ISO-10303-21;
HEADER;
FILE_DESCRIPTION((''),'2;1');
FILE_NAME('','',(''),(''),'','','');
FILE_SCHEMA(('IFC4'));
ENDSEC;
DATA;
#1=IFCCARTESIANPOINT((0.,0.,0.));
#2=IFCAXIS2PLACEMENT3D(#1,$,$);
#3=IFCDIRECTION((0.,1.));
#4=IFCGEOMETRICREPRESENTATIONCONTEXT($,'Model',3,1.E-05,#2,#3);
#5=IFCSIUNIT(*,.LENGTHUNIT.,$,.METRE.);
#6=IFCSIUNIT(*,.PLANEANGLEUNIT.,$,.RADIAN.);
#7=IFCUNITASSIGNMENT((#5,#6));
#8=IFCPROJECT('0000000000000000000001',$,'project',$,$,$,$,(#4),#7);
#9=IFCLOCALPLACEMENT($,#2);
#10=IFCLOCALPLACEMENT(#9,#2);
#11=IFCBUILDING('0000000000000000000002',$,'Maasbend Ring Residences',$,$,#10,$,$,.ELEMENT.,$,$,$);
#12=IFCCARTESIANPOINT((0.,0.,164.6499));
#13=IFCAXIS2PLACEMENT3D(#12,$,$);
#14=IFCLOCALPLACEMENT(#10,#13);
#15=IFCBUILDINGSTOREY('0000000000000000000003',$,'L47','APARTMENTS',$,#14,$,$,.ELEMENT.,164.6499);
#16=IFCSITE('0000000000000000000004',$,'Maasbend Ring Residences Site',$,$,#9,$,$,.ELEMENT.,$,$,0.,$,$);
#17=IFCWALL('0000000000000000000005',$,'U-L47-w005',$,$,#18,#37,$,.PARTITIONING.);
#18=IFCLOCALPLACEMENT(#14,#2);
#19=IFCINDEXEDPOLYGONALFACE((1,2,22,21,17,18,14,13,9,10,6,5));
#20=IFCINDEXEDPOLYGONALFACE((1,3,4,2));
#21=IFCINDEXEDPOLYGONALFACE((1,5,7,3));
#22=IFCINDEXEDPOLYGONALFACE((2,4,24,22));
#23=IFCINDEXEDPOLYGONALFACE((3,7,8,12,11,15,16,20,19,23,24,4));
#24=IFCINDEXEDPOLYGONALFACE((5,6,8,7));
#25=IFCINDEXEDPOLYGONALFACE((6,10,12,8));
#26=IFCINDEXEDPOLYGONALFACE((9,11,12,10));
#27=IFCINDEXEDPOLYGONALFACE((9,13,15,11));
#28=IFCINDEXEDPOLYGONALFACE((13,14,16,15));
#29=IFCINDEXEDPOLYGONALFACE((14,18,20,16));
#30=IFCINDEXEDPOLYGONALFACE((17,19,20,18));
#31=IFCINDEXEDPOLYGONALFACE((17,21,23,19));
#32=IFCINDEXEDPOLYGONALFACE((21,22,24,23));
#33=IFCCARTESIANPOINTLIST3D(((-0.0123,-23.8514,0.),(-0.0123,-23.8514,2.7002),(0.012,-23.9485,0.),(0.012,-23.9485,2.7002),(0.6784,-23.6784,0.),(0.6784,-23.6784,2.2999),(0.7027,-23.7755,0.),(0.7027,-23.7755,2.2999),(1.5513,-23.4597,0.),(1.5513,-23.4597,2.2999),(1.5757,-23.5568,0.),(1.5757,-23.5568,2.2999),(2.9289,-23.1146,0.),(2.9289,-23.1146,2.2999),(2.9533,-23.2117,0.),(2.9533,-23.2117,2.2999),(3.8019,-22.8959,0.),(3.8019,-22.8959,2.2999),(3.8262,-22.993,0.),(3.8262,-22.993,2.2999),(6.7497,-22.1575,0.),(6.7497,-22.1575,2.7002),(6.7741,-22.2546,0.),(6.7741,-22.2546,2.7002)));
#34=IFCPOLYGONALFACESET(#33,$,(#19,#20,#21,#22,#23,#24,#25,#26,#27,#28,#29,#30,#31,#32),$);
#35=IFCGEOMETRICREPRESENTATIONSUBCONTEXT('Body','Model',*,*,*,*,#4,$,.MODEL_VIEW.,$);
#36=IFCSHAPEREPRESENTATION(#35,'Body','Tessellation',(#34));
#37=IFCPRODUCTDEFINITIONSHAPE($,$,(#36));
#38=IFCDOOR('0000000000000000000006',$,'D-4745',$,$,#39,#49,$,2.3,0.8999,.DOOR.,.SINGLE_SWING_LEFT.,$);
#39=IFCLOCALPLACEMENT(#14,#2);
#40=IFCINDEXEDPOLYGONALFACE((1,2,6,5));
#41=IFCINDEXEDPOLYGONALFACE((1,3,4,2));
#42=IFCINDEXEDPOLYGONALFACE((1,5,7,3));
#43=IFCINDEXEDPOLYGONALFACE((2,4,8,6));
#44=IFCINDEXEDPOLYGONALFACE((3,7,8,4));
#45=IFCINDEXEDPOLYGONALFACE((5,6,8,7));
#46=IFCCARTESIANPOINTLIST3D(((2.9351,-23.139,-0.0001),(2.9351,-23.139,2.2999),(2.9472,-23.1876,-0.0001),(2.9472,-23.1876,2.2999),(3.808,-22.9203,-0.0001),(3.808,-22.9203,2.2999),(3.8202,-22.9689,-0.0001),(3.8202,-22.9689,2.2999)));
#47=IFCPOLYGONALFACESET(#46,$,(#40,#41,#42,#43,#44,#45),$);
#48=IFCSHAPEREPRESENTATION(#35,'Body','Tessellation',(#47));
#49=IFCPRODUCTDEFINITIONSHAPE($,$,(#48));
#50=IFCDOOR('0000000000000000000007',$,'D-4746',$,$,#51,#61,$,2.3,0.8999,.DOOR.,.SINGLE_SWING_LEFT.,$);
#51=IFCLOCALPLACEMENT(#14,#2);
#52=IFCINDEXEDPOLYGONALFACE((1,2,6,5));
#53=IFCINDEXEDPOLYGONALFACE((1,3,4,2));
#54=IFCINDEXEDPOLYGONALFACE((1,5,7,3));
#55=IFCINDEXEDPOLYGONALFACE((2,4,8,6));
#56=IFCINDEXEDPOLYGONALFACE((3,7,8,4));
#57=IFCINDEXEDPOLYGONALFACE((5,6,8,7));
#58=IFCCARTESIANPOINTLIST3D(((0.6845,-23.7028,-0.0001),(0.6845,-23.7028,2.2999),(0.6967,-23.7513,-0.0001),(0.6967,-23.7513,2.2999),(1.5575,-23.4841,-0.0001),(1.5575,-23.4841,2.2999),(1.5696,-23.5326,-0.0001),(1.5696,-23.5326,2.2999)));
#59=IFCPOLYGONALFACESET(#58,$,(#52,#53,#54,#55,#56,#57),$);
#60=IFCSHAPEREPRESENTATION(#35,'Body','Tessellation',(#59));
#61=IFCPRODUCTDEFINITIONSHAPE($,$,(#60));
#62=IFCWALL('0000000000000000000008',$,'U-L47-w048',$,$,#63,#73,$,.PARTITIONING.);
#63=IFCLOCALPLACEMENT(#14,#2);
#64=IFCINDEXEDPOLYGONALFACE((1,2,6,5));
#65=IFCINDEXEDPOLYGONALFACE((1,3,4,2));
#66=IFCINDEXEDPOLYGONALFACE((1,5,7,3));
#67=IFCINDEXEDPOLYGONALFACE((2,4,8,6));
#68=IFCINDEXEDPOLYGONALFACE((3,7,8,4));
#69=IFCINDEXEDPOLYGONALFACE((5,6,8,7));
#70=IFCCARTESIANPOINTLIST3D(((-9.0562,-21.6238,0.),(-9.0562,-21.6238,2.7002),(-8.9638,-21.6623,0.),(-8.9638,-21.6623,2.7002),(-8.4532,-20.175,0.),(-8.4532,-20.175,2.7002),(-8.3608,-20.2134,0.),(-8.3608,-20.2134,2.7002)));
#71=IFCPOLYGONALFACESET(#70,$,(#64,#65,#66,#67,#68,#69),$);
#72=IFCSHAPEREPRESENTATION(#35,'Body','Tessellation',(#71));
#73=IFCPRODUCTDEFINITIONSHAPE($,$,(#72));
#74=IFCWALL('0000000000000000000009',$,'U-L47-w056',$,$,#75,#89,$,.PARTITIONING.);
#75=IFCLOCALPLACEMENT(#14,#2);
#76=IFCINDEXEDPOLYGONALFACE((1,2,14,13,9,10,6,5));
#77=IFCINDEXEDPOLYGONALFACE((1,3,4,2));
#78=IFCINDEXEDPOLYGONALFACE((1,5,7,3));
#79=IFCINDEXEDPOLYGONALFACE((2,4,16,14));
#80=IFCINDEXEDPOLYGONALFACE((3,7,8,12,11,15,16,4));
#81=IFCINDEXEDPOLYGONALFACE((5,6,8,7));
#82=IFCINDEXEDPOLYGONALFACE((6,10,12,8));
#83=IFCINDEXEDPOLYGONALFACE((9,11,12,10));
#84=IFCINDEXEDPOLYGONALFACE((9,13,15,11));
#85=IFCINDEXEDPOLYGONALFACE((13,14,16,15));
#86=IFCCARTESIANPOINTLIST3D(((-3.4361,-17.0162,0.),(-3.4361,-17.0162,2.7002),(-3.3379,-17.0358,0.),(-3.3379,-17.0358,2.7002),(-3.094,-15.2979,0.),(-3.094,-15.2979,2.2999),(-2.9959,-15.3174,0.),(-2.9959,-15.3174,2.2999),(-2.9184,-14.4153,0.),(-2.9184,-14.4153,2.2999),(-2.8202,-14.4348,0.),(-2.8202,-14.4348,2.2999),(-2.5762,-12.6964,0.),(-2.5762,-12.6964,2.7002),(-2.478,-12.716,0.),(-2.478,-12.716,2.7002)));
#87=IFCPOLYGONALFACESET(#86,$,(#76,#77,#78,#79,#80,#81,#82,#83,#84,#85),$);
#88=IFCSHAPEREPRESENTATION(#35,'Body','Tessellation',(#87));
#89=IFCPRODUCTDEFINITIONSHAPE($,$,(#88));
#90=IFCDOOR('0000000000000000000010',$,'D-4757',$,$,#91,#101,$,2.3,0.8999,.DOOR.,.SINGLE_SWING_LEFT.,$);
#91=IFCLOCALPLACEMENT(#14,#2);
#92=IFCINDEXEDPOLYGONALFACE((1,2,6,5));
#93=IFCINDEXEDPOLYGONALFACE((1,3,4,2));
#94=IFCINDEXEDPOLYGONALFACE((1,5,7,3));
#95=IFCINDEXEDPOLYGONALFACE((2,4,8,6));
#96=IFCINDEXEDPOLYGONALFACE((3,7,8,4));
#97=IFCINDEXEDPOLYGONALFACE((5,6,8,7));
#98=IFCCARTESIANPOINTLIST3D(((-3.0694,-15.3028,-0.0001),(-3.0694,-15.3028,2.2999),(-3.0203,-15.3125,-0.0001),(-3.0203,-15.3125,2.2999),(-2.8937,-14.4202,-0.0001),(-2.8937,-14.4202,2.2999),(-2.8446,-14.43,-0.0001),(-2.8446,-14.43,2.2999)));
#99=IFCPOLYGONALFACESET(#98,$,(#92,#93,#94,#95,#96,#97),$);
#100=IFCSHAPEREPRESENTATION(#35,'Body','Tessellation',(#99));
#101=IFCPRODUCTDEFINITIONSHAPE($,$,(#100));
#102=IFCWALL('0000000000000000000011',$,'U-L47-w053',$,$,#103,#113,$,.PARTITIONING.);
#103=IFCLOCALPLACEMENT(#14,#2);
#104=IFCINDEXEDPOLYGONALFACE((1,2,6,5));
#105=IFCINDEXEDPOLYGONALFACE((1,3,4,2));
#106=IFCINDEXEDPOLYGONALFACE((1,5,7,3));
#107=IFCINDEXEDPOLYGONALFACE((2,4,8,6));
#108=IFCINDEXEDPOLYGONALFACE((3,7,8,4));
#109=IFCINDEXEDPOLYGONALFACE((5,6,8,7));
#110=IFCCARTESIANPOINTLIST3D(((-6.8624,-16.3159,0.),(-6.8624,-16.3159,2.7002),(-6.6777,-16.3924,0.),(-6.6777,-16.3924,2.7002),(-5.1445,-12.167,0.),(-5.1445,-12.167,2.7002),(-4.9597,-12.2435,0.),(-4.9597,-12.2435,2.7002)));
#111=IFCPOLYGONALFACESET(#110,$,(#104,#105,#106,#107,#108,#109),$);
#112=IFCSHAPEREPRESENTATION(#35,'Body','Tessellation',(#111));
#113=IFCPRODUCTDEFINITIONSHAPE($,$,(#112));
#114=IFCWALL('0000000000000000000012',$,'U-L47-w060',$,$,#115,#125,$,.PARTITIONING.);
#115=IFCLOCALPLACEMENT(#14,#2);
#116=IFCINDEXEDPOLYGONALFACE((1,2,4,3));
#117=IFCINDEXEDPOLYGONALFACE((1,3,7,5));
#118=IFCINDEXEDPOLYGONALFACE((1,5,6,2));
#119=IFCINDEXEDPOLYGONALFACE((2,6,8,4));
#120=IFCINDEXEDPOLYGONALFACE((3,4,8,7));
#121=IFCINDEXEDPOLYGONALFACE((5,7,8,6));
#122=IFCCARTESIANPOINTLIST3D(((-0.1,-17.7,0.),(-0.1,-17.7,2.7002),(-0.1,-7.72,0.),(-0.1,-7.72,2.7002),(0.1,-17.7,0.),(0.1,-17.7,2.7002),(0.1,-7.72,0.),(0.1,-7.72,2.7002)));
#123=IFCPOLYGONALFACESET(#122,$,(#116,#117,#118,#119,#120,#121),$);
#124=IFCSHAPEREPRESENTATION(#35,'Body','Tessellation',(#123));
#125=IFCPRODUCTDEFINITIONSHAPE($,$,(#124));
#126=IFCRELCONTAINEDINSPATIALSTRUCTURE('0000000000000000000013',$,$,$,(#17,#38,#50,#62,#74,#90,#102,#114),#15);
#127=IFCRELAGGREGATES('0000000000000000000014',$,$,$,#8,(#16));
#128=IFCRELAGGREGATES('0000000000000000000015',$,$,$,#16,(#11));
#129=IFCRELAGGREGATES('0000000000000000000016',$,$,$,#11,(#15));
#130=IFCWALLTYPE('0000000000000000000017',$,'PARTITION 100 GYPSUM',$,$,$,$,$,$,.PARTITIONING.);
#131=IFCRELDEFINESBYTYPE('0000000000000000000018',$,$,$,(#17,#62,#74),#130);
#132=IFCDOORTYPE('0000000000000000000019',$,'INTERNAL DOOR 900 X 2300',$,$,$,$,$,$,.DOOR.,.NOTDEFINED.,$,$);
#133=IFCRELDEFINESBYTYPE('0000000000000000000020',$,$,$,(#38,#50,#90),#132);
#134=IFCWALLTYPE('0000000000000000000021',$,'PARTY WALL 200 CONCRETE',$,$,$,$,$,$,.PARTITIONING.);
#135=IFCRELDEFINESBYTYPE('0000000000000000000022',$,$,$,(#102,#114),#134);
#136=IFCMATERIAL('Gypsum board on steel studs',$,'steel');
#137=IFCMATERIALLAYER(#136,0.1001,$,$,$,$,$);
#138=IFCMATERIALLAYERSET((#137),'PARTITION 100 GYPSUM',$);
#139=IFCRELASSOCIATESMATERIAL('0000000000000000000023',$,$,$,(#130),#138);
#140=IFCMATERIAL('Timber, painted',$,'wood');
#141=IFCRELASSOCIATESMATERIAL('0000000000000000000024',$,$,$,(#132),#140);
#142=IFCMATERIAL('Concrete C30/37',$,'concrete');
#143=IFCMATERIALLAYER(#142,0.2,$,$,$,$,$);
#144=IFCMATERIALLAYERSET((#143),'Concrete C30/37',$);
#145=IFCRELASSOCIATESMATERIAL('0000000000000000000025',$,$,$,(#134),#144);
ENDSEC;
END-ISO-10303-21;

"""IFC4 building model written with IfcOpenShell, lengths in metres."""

from ifc_helpers import new_model, si_unit, direction, frame, frame_2d, origin, place, context, subcontext, project, spatial, rectangle, extrude, material, layer, layer_set, type_object, element, fill, save


model = new_model("IFC4")

# Units and contexts
model_context = context("Model", 3, precision=1e-05, world=origin(), true_north=direction((0.0, 1.0)))
body_context = subcontext(model_context, "Body", "Model", "MODEL_VIEW")
ifc_project = project(units=[si_unit("LENGTHUNIT", "METRE"), si_unit("PLANEANGLEUNIT", "RADIAN")], contexts=[model_context])

# Site, building, storey
site_placement = place(None, origin())
site = spatial("IfcSite", under=ifc_project, at=site_placement, Name="Maasbend Ring Residences Site", CompositionType="ELEMENT", RefElevation=0.0)
building_placement = place(site_placement, origin())
building = spatial("IfcBuilding", under=site, at=building_placement, Name="Maasbend Ring Residences", CompositionType="ELEMENT")
storey_placement = place(building_placement, frame((0.0, 0.0, 164.6499)))
storey = spatial("IfcBuildingStorey", under=building, at=storey_placement, Name="L47", Description="APARTMENTS", CompositionType="ELEMENT", Elevation=164.6499)

# Wall, openings, doors
ifc_material_1 = material(Name="Gypsum board on steel studs", Category="steel")
ifc_layer_1 = layer(ifc_material_1, 0.1001)
ifc_layer_set_1 = layer_set([ifc_layer_1], Name="PARTITION 100 GYPSUM")
wall_type_1 = type_object("IfcWallType", Name="PARTITION 100 GYPSUM", PredefinedType="PARTITIONING", material=ifc_layer_set_1)
ifc_material_2 = material(Name="Timber, painted", Category="wood")
door_type_1 = type_object("IfcDoorType", Name="INTERNAL DOOR 900 X 2300", OperationType="NOTDEFINED", PredefinedType="DOOR", material=ifc_material_2)
wall_1_placement = place(storey_placement, frame((0.0, -23.8999, 0.0), z_axis=(0.0, 0.0, 1.0), x_axis=(0.970029, 0.242989, 0.0)))
wall_1 = element("IfcWall", 1, at=wall_1_placement, inside=storey, type_object=wall_type_1, Name="U-L47-w005", PredefinedType="PARTITIONING", context=body_context, shape_type="SweptSolid", body=[
    extrude(rectangle(XDim=6.9709, YDim=0.1001, at=frame_2d((3.4854, 0.0))), origin(), (0.0, 0.0, 1.0), 2.7002),
])
opening_1_placement = place(wall_1_placement, frame((3.032, 0.0, 0.0)))
opening_1 = element("IfcOpeningElement", 2, at=opening_1_placement, cuts=wall_1, PredefinedType="OPENING", context=body_context, shape_type="SweptSolid", body=[
    extrude(rectangle(XDim=0.8999, YDim=2.3, at=frame_2d((0.45, 1.1499))), frame((0.0, 0.0601, 0.0), z_axis=(0.0, -1.0, 0.0), x_axis=(1.0, 0.0, 0.0)), (0.0, 0.0, 1.0), 0.1201),
])
opening_2_placement = place(wall_1_placement, frame((0.7119, 0.0, 0.0)))
opening_2 = element("IfcOpeningElement", 3, at=opening_2_placement, cuts=wall_1, PredefinedType="OPENING", context=body_context, shape_type="SweptSolid", body=[
    extrude(rectangle(XDim=0.8999, YDim=2.3, at=frame_2d((0.45, 1.1499))), frame((0.0, 0.0601, 0.0), z_axis=(0.0, -1.0, 0.0), x_axis=(1.0, 0.0, 0.0)), (0.0, 0.0, 1.0), 0.1201),
])
door_1_placement = place(opening_1_placement, origin())
door_1 = element("IfcDoor", 4, at=door_1_placement, inside=storey, type_object=door_type_1, Name="D-4745", OperationType="SINGLE_SWING_LEFT", OverallHeight=2.3, OverallWidth=0.8999, PredefinedType="DOOR", context=body_context, shape_type="SweptSolid", body=[
    extrude(rectangle(XDim=0.8999, YDim=2.3, at=frame_2d((0.45, 1.1499))), frame((0.0, 0.0249, 0.0), z_axis=(0.0, -1.0, 0.0), x_axis=(1.0, 0.0, 0.0)), (0.0, 0.0, 1.0), 0.05),
])
fill(opening_1, door_1)
door_2_placement = place(opening_2_placement, origin())
door_2 = element("IfcDoor", 5, at=door_2_placement, inside=storey, type_object=door_type_1, Name="D-4746", OperationType="SINGLE_SWING_LEFT", OverallHeight=2.3, OverallWidth=0.8999, PredefinedType="DOOR", context=body_context, shape_type="SweptSolid", body=[
    extrude(rectangle(XDim=0.8999, YDim=2.3, at=frame_2d((0.45, 1.1499))), frame((0.0, 0.0249, 0.0), z_axis=(0.0, -1.0, 0.0), x_axis=(1.0, 0.0, 0.0)), (0.0, 0.0, 1.0), 0.05),
])
fill(opening_2, door_2)

# Wall
wall_2_placement = place(storey_placement, frame((-9.01, -21.6431, 0.0), z_axis=(0.0, 0.0, 1.0), x_axis=(0.384229, 0.923238, 0.0)))
element("IfcWall", 6, at=wall_2_placement, inside=storey, type_object=wall_type_1, Name="U-L47-w048", PredefinedType="PARTITIONING", context=body_context, shape_type="SweptSolid", body=[
    extrude(rectangle(XDim=1.5693, YDim=0.1001, at=frame_2d((0.7847, 0.0))), origin(), (0.0, 0.0, 1.0), 2.7002),
])

# Wall, opening, door
wall_3_placement = place(storey_placement, frame((-3.387, -17.0259, 0.0), z_axis=(0.0, 0.0, 1.0), x_axis=(0.195221, 0.980759, 0.0)))
wall_3 = element("IfcWall", 7, at=wall_3_placement, inside=storey, type_object=wall_type_1, Name="U-L47-w056", PredefinedType="PARTITIONING", context=body_context, shape_type="SweptSolid", body=[
    extrude(rectangle(XDim=4.4045, YDim=0.1001, at=frame_2d((2.2021, 0.0))), origin(), (0.0, 0.0, 1.0), 2.7002),
])
opening_3_placement = place(wall_3_placement, frame((1.752, 0.0, 0.0)))
opening_3 = element("IfcOpeningElement", 8, at=opening_3_placement, cuts=wall_3, PredefinedType="OPENING", context=body_context, shape_type="SweptSolid", body=[
    extrude(rectangle(XDim=0.8999, YDim=2.3, at=frame_2d((0.45, 1.1499))), frame((0.0, 0.0601, 0.0), z_axis=(0.0, -1.0, 0.0), x_axis=(1.0, 0.0, 0.0)), (0.0, 0.0, 1.0), 0.1201),
])
door_3_placement = place(opening_3_placement, origin())
door_3 = element("IfcDoor", 9, at=door_3_placement, inside=storey, type_object=door_type_1, Name="D-4757", OperationType="SINGLE_SWING_LEFT", OverallHeight=2.3, OverallWidth=0.8999, PredefinedType="DOOR", context=body_context, shape_type="SweptSolid", body=[
    extrude(rectangle(XDim=0.8999, YDim=2.3, at=frame_2d((0.45, 1.1499))), frame((0.0, 0.0249, 0.0), z_axis=(0.0, -1.0, 0.0), x_axis=(1.0, 0.0, 0.0)), (0.0, 0.0, 1.0), 0.05),
])
fill(opening_3, door_3)

# Walls
ifc_material_3 = material(Name="Concrete C30/37", Category="concrete")
ifc_layer_2 = layer(ifc_material_3, 0.2)
ifc_layer_set_2 = layer_set([ifc_layer_2], Name="Concrete C30/37")
wall_type_2 = type_object("IfcWallType", Name="PARTY WALL 200 CONCRETE", PredefinedType="PARTITIONING", material=ifc_layer_set_2)
wall_4_placement = place(storey_placement, frame((-6.77, -16.354, 0.0), z_axis=(0.0, 0.0, 1.0), x_axis=(0.382584, 0.923921, 0.0)))
element("IfcWall", 10, at=wall_4_placement, inside=storey, type_object=wall_type_2, Name="U-L47-w053", PredefinedType="PARTITIONING", context=body_context, shape_type="SweptSolid", body=[
    extrude(rectangle(XDim=4.4905, YDim=0.2, at=frame_2d((2.2451, 0.0))), origin(), (0.0, 0.0, 1.0), 2.7002),
])
wall_5_placement = place(storey_placement, frame((0.0, -17.7, 0.0), z_axis=(0.0, 0.0, 1.0), x_axis=(0.0, 1.0, 0.0)))
element("IfcWall", 11, at=wall_5_placement, inside=storey, type_object=wall_type_2, Name="U-L47-w060", PredefinedType="PARTITIONING", context=body_context, shape_type="SweptSolid", body=[
    extrude(rectangle(XDim=9.98, YDim=0.2, at=frame_2d((4.99, 0.0))), origin(), (0.0, 0.0, 1.0), 2.7002),
])

save(model, "model.ifc")
